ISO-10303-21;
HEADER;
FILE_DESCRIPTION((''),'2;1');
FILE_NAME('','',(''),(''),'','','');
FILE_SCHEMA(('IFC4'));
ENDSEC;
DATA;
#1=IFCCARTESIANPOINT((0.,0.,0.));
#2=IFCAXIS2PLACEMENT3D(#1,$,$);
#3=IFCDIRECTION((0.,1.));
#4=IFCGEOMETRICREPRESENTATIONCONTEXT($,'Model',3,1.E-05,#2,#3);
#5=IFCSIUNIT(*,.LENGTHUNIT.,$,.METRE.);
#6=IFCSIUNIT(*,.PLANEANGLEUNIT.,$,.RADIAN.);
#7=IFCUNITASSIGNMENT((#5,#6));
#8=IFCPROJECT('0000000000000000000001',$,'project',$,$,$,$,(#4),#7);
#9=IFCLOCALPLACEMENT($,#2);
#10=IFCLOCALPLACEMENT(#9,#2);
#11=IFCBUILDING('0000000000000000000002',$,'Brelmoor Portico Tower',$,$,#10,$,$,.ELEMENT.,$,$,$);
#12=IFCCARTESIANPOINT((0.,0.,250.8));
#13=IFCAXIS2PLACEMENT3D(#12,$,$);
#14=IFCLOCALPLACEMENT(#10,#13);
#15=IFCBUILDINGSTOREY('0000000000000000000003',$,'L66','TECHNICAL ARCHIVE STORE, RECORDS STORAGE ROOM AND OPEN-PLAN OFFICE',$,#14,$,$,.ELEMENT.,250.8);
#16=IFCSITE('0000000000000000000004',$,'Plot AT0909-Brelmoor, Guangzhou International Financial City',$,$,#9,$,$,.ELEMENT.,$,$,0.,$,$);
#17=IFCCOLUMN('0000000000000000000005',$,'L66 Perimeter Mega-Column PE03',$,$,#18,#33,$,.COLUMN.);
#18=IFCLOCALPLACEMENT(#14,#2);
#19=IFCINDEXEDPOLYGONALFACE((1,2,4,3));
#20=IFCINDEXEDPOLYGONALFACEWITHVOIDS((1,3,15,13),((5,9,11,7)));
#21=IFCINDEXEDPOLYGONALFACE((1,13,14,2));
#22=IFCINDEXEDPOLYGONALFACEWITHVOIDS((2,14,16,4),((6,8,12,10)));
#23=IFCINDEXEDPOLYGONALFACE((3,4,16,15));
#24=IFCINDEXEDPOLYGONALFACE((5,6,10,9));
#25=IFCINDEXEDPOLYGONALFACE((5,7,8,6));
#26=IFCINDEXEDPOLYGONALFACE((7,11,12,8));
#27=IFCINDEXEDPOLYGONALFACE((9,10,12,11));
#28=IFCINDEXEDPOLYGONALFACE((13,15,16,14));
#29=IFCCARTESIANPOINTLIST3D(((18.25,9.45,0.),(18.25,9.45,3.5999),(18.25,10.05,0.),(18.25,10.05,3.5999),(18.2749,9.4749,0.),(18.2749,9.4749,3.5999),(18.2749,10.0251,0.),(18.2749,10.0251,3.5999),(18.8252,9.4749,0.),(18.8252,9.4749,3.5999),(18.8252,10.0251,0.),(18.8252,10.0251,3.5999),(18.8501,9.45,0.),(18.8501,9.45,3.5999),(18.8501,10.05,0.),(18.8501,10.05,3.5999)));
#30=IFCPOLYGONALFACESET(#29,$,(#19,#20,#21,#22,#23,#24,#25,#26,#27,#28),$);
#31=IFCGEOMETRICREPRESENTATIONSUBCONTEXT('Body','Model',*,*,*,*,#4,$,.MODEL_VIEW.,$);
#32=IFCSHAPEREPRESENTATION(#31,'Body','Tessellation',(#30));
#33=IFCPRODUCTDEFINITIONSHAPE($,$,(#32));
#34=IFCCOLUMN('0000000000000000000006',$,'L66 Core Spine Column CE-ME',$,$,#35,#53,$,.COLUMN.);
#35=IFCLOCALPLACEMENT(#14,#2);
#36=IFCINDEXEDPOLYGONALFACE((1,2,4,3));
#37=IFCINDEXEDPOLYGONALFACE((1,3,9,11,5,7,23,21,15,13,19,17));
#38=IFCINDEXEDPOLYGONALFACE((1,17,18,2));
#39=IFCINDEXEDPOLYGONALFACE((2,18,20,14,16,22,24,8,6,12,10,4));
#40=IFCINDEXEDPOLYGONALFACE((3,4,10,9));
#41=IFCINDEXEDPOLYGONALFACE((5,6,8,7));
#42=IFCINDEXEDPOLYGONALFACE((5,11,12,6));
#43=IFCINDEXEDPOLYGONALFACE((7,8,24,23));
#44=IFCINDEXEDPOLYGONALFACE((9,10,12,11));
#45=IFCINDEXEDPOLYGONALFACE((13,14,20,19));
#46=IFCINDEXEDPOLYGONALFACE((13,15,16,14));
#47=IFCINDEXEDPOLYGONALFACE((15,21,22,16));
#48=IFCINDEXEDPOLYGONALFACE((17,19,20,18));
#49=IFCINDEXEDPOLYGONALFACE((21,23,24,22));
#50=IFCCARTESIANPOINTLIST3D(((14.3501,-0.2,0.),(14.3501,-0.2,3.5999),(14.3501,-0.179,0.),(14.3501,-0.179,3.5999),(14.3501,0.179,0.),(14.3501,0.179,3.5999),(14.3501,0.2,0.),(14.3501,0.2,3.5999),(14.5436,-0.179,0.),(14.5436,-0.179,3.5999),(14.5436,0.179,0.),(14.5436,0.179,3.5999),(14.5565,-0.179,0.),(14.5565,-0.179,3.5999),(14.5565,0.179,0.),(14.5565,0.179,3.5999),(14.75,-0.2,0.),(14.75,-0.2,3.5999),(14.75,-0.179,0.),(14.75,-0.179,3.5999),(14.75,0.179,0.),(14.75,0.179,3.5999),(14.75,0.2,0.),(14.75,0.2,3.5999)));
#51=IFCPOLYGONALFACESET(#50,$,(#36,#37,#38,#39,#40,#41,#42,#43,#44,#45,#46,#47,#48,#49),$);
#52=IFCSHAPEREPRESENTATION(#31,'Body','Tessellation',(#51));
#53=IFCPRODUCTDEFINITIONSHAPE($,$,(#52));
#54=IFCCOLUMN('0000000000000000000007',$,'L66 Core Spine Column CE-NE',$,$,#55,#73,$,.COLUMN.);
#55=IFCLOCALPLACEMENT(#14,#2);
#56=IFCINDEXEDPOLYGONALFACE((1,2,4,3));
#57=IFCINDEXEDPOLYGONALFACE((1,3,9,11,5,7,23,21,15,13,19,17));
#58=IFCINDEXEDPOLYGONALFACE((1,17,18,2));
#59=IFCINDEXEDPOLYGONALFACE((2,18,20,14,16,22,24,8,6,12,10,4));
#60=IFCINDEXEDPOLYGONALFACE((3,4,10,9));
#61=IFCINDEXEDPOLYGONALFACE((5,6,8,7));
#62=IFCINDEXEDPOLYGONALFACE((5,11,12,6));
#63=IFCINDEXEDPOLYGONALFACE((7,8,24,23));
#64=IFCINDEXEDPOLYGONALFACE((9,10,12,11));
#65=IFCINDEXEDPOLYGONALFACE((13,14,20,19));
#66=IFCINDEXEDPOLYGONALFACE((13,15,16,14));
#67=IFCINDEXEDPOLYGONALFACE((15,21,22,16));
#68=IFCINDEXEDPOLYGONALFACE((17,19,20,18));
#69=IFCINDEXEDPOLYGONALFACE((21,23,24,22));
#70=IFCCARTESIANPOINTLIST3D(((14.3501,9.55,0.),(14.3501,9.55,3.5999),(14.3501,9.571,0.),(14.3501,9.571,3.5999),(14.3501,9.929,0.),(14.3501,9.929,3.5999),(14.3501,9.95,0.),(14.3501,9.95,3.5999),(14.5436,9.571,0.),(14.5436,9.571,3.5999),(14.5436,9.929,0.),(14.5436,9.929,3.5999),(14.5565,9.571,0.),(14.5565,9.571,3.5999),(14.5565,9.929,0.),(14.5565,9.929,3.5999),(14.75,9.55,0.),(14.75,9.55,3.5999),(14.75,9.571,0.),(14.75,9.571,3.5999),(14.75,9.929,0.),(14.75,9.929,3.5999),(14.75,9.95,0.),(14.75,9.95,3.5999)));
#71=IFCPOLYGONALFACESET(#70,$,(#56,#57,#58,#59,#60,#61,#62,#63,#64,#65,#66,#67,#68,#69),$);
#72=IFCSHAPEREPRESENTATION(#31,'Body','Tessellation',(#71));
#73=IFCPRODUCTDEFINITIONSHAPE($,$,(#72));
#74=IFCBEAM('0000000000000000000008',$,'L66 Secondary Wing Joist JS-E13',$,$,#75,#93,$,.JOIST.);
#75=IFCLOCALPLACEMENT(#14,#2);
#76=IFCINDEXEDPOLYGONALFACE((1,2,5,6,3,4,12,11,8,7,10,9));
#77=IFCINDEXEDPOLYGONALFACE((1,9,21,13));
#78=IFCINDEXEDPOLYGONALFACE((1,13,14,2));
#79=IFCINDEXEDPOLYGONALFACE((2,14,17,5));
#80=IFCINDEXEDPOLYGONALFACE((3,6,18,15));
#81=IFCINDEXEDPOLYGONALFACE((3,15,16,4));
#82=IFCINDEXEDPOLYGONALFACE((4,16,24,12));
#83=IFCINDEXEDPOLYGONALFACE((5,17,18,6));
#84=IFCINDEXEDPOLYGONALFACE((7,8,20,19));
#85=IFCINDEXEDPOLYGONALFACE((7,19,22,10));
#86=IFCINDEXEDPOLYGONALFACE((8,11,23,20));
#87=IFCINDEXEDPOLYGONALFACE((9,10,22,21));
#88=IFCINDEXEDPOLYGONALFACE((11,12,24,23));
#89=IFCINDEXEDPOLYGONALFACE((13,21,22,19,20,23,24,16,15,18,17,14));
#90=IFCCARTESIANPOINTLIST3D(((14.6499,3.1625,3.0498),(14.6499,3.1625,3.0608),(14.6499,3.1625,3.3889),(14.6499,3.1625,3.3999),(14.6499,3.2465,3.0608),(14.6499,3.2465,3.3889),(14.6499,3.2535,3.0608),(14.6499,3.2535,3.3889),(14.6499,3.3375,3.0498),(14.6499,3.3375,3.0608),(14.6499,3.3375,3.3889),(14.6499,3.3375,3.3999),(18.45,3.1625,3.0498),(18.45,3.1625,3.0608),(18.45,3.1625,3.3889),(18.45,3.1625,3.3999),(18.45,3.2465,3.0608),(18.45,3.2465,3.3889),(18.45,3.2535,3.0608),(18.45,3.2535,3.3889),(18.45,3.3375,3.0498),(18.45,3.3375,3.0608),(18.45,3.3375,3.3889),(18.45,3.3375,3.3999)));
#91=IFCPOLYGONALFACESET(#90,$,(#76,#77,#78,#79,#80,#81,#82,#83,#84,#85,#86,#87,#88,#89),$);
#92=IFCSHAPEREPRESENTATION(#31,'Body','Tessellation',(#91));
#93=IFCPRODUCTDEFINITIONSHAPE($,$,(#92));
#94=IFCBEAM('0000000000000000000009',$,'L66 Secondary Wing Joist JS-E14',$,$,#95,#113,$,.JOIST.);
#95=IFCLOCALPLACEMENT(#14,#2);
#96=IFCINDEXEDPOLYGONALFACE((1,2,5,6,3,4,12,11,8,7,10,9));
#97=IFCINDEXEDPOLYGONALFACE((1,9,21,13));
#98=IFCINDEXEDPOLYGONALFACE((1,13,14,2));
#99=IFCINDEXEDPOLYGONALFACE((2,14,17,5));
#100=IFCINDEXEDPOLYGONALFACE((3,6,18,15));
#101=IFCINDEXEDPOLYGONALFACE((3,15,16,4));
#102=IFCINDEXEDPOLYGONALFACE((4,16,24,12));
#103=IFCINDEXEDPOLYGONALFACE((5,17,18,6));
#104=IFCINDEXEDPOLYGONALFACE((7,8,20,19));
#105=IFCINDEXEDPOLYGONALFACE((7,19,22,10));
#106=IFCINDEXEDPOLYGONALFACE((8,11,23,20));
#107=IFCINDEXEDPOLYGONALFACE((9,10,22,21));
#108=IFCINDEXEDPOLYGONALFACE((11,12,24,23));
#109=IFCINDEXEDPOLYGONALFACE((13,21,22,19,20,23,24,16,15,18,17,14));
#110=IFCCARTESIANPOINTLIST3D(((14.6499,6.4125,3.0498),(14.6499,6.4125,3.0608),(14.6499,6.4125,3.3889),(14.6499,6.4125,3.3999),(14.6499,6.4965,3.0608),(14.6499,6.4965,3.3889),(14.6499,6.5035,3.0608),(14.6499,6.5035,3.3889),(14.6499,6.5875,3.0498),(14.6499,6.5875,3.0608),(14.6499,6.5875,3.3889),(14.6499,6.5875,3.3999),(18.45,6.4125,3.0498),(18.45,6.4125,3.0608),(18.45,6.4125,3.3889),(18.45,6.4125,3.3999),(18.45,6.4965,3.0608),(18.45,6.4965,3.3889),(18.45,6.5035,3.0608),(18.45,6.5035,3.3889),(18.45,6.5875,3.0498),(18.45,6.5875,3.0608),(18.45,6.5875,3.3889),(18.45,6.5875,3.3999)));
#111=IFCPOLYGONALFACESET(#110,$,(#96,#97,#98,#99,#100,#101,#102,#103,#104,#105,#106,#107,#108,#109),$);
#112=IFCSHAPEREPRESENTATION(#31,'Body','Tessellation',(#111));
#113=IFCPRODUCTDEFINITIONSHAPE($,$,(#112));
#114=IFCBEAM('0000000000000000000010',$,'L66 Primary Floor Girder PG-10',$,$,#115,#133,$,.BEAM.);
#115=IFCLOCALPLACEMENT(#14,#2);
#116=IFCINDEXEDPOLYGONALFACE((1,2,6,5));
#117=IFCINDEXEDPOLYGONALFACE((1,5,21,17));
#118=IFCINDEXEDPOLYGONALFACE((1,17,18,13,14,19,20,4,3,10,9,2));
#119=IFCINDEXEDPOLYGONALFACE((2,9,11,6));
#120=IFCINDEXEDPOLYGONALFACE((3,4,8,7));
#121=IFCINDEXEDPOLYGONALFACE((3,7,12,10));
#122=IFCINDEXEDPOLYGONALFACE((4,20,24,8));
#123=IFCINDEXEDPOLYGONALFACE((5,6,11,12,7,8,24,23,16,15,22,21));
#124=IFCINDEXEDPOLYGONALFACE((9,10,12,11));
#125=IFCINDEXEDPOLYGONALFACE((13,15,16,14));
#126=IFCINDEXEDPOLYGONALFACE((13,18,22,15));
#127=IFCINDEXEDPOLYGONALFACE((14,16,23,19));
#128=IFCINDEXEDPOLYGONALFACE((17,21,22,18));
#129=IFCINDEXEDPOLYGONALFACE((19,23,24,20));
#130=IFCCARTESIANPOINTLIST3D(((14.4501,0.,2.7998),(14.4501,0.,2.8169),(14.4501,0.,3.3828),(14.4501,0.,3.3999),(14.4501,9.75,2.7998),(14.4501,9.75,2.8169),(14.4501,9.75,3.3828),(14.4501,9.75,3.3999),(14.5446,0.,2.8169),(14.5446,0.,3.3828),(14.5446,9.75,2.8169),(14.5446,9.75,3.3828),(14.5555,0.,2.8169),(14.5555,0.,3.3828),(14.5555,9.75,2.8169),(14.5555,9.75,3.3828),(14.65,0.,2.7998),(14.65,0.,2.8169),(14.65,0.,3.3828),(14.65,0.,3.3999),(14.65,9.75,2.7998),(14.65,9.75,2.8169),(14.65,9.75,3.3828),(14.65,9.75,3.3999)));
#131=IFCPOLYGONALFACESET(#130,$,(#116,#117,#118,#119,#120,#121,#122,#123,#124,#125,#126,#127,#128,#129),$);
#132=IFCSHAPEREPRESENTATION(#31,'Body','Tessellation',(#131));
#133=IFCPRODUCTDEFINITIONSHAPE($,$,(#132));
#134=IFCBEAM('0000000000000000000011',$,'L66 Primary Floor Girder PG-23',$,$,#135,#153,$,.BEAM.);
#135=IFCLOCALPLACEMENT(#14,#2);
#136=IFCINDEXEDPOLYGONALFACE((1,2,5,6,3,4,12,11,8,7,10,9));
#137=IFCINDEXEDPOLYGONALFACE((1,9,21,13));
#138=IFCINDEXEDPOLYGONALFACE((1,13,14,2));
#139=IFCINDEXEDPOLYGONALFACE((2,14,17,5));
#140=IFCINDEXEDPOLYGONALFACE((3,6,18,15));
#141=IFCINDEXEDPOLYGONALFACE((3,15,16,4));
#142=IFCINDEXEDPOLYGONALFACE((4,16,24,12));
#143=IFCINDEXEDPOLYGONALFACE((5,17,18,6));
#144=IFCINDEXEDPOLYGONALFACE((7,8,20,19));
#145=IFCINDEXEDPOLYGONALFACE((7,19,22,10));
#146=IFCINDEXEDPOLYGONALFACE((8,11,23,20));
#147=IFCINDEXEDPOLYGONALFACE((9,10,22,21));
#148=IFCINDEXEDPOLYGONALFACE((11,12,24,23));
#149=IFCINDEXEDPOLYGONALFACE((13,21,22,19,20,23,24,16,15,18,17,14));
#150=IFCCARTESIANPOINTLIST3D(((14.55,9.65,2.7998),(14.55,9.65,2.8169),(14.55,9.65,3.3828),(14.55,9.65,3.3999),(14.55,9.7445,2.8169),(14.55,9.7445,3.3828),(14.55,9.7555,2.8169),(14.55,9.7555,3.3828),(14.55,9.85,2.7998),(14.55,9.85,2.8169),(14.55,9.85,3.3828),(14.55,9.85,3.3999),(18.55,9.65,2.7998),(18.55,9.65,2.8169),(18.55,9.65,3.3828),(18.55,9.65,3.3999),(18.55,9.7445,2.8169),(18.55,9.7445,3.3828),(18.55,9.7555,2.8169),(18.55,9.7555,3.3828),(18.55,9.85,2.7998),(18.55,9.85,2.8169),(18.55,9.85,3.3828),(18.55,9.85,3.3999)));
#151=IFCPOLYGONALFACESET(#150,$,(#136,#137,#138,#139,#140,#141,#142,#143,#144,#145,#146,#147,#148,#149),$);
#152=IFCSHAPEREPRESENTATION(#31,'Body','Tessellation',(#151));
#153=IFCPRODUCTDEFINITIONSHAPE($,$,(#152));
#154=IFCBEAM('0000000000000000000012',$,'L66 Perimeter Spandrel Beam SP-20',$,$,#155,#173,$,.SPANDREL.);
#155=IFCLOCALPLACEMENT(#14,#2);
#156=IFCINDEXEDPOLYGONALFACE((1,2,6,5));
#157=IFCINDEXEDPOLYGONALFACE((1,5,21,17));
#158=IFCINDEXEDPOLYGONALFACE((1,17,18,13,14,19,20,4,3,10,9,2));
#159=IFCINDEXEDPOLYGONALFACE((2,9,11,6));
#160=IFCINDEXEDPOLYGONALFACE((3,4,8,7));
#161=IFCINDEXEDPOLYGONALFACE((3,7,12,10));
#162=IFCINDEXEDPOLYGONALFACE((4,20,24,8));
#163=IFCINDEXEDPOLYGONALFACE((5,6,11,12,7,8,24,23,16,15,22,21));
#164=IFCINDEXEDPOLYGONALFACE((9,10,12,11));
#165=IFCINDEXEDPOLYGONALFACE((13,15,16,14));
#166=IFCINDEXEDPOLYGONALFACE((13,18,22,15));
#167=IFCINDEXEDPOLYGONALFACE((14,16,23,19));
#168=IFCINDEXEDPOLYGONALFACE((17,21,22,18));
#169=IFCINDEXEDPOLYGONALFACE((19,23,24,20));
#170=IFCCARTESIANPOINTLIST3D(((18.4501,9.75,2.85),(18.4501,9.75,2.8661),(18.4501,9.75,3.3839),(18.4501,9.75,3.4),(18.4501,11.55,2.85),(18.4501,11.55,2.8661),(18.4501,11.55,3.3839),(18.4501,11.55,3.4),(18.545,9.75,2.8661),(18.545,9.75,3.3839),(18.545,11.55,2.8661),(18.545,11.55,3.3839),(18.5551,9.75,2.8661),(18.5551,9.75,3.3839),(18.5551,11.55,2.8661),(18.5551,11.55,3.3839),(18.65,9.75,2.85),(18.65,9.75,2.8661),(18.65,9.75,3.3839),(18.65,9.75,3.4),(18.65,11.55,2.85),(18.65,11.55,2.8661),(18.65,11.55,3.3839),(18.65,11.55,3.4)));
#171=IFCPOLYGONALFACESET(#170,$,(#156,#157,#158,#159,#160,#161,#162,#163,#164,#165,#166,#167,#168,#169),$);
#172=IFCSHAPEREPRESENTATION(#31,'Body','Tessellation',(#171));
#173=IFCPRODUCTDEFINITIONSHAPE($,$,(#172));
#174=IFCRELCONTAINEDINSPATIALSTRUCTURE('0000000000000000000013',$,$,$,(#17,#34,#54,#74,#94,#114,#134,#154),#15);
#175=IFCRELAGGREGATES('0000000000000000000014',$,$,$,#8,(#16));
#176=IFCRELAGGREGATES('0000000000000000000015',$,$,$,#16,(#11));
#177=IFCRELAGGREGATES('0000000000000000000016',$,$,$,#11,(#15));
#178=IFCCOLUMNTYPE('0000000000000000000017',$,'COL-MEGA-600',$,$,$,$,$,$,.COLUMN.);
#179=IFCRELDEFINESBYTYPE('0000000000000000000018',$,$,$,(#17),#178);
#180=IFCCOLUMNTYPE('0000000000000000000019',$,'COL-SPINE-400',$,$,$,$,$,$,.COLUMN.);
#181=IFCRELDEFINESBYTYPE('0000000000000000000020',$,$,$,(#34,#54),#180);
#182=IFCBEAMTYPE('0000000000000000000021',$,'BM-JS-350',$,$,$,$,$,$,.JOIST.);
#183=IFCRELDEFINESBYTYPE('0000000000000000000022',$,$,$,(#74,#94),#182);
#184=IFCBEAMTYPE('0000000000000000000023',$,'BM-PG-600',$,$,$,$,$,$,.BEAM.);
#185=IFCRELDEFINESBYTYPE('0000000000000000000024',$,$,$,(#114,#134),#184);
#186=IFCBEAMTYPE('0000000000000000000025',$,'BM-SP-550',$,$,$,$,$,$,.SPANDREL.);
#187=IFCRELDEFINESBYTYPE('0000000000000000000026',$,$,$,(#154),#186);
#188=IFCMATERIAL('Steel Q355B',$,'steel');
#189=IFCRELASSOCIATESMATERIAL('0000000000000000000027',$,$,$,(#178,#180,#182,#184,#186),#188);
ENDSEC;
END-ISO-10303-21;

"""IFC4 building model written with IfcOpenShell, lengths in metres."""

from ifc_helpers import new_model, si_unit, direction, frame, origin, origin_2d, place, context, subcontext, project, spatial, hollow_rectangle, i_section, extrude, material, material_profile, profile_set, type_object, element, save


model = new_model("IFC4")

# Units and contexts
model_context = context("Model", 3, precision=1e-05, world=origin(), true_north=direction((0.0, 1.0)))
body_context = subcontext(model_context, "Body", "Model", "MODEL_VIEW")
ifc_project = project(units=[si_unit("LENGTHUNIT", "METRE"), si_unit("PLANEANGLEUNIT", "RADIAN")], contexts=[model_context])

# Site, building, storey
site_placement = place(None, origin())
site = spatial("IfcSite", under=ifc_project, at=site_placement, Name="Plot AT0909-Brelmoor, Guangzhou International Financial City", CompositionType="ELEMENT", RefElevation=0.0)
building_placement = place(site_placement, origin())
building = spatial("IfcBuilding", under=site, at=building_placement, Name="Brelmoor Portico Tower", CompositionType="ELEMENT")
storey_placement = place(building_placement, frame((0.0, 0.0, 250.8)))
storey = spatial("IfcBuildingStorey", under=building, at=storey_placement, Name="L66", Description="TECHNICAL ARCHIVE STORE, RECORDS STORAGE ROOM AND OPEN-PLAN OFFICE", CompositionType="ELEMENT", Elevation=250.8)

# Columns
ifc_material_1 = material(Name="Steel Q355B", Category="steel")
ifc_material_profile_1 = material_profile(ifc_material_1, hollow_rectangle(XDim=0.6001, YDim=0.6001, WallThickness=0.0249, at=origin_2d()), Name="BOX 600x600x25")
ifc_profile_set_1 = profile_set([ifc_material_profile_1], Name="Steel Q355B")
column_type_1 = type_object("IfcColumnType", Name="COL-MEGA-600", PredefinedType="COLUMN", material=ifc_profile_set_1)
column_placement = place(storey_placement, frame((18.55, 9.75, 0.0), z_axis=(0.0, 0.0, 1.0), x_axis=(0.0, 1.0, 0.0)))
element("IfcColumn", 1, at=column_placement, inside=storey, type_object=column_type_1, Name="L66 Perimeter Mega-Column PE03", PredefinedType="COLUMN", context=body_context, shape_type="SweptSolid", body=[
    extrude(hollow_rectangle(XDim=0.6001, YDim=0.6001, WallThickness=0.0249, at=origin_2d()), origin(), (0.0, 0.0, 1.0), 3.5999),
])
ifc_material_profile_2 = material_profile(ifc_material_1, i_section(OverallWidth=0.3999, OverallDepth=0.3999, WebThickness=0.0129, FlangeThickness=0.021, at=origin_2d()), Name="HW 400x400x13x21")
ifc_profile_set_2 = profile_set([ifc_material_profile_2], Name="Steel Q355B")
column_type_2 = type_object("IfcColumnType", Name="COL-SPINE-400", PredefinedType="COLUMN", material=ifc_profile_set_2)
for number, where, z_axis, x_axis, name in (
    (2, (14.55, 0.0, 0.0), (0.0, 0.0, 1.0), (1.0, 0.0, 0.0), "L66 Core Spine Column CE-ME"),
    (3, (14.55, 9.75, 0.0), (0.0, 0.0, 1.0), (1.0, 0.0, 0.0), "L66 Core Spine Column CE-NE"),
):
    element("IfcColumn", number, at=place(storey_placement, frame(where, z_axis=z_axis, x_axis=x_axis)), inside=storey, type_object=column_type_2, Name=name, PredefinedType="COLUMN", context=body_context, shape_type="SweptSolid", body=[
        extrude(i_section(OverallWidth=0.3999, OverallDepth=0.3999, WebThickness=0.0129, FlangeThickness=0.021, at=origin_2d()), origin(), (0.0, 0.0, 1.0), 3.5999),
    ])

# Beams
ifc_material_profile_3 = material_profile(ifc_material_1, i_section(OverallWidth=0.175, OverallDepth=0.3501, WebThickness=0.0071, FlangeThickness=0.011, at=origin_2d()), Name="HN 350x175x7x11")
ifc_profile_set_3 = profile_set([ifc_material_profile_3], Name="Steel Q355B")
beam_type_1 = type_object("IfcBeamType", Name="BM-JS-350", PredefinedType="JOIST", material=ifc_profile_set_3)
for number, where, z_axis, x_axis, name in (
    (4, (14.6499, 3.25, 3.2249), (1.0, 0.0, 0.0), (0.0, 1.0, 0.0), "L66 Secondary Wing Joist JS-E13"),
    (5, (14.6499, 6.5, 3.2249), (1.0, 0.0, 0.0), (0.0, 1.0, 0.0), "L66 Secondary Wing Joist JS-E14"),
):
    element("IfcBeam", number, at=place(storey_placement, frame(where, z_axis=z_axis, x_axis=x_axis)), inside=storey, type_object=beam_type_1, Name=name, PredefinedType="JOIST", context=body_context, shape_type="SweptSolid", body=[
        extrude(i_section(OverallWidth=0.175, OverallDepth=0.3501, WebThickness=0.0071, FlangeThickness=0.011, at=origin_2d()), origin(), (0.0, 0.0, 1.0), 3.8),
    ])
ifc_material_profile_4 = material_profile(ifc_material_1, i_section(OverallWidth=0.2, OverallDepth=0.6001, WebThickness=0.011, FlangeThickness=0.0171, at=origin_2d()), Name="HN 600x200x11x17")
ifc_profile_set_4 = profile_set([ifc_material_profile_4], Name="Steel Q355B")
beam_type_2 = type_object("IfcBeamType", Name="BM-PG-600", PredefinedType="BEAM", material=ifc_profile_set_4)
beam_1_placement = place(storey_placement, frame((14.55, 0.0, 3.0999), z_axis=(0.0, 1.0, 0.0), x_axis=(-1.0, 0.0, 0.0)))
element("IfcBeam", 6, at=beam_1_placement, inside=storey, type_object=beam_type_2, Name="L66 Primary Floor Girder PG-10", PredefinedType="BEAM", context=body_context, shape_type="SweptSolid", body=[
    extrude(i_section(OverallWidth=0.2, OverallDepth=0.6001, WebThickness=0.011, FlangeThickness=0.0171, at=origin_2d()), origin(), (0.0, 0.0, 1.0), 9.75),
])
beam_2_placement = place(storey_placement, frame((14.55, 9.75, 3.0999), z_axis=(1.0, 0.0, 0.0), x_axis=(0.0, 1.0, 0.0)))
element("IfcBeam", 7, at=beam_2_placement, inside=storey, type_object=beam_type_2, Name="L66 Primary Floor Girder PG-23", PredefinedType="BEAM", context=body_context, shape_type="SweptSolid", body=[
    extrude(i_section(OverallWidth=0.2, OverallDepth=0.6001, WebThickness=0.011, FlangeThickness=0.0171, at=origin_2d()), origin(), (0.0, 0.0, 1.0), 4.0),
])
ifc_material_profile_5 = material_profile(ifc_material_1, i_section(OverallWidth=0.2, OverallDepth=0.55, WebThickness=0.01, FlangeThickness=0.0161, at=origin_2d()), Name="HN 550x200x10x16")
ifc_profile_set_5 = profile_set([ifc_material_profile_5], Name="Steel Q355B")
beam_type_3 = type_object("IfcBeamType", Name="BM-SP-550", PredefinedType="SPANDREL", material=ifc_profile_set_5)
beam_3_placement = place(storey_placement, frame((18.55, 9.75, 3.125), z_axis=(0.0, 1.0, 0.0), x_axis=(-1.0, 0.0, 0.0)))
element("IfcBeam", 8, at=beam_3_placement, inside=storey, type_object=beam_type_3, Name="L66 Perimeter Spandrel Beam SP-20", PredefinedType="SPANDREL", context=body_context, shape_type="SweptSolid", body=[
    extrude(i_section(OverallWidth=0.2, OverallDepth=0.55, WebThickness=0.01, FlangeThickness=0.0161, at=origin_2d()), origin(), (0.0, 0.0, 1.0), 1.8),
])

save(model, "model.ifc")
